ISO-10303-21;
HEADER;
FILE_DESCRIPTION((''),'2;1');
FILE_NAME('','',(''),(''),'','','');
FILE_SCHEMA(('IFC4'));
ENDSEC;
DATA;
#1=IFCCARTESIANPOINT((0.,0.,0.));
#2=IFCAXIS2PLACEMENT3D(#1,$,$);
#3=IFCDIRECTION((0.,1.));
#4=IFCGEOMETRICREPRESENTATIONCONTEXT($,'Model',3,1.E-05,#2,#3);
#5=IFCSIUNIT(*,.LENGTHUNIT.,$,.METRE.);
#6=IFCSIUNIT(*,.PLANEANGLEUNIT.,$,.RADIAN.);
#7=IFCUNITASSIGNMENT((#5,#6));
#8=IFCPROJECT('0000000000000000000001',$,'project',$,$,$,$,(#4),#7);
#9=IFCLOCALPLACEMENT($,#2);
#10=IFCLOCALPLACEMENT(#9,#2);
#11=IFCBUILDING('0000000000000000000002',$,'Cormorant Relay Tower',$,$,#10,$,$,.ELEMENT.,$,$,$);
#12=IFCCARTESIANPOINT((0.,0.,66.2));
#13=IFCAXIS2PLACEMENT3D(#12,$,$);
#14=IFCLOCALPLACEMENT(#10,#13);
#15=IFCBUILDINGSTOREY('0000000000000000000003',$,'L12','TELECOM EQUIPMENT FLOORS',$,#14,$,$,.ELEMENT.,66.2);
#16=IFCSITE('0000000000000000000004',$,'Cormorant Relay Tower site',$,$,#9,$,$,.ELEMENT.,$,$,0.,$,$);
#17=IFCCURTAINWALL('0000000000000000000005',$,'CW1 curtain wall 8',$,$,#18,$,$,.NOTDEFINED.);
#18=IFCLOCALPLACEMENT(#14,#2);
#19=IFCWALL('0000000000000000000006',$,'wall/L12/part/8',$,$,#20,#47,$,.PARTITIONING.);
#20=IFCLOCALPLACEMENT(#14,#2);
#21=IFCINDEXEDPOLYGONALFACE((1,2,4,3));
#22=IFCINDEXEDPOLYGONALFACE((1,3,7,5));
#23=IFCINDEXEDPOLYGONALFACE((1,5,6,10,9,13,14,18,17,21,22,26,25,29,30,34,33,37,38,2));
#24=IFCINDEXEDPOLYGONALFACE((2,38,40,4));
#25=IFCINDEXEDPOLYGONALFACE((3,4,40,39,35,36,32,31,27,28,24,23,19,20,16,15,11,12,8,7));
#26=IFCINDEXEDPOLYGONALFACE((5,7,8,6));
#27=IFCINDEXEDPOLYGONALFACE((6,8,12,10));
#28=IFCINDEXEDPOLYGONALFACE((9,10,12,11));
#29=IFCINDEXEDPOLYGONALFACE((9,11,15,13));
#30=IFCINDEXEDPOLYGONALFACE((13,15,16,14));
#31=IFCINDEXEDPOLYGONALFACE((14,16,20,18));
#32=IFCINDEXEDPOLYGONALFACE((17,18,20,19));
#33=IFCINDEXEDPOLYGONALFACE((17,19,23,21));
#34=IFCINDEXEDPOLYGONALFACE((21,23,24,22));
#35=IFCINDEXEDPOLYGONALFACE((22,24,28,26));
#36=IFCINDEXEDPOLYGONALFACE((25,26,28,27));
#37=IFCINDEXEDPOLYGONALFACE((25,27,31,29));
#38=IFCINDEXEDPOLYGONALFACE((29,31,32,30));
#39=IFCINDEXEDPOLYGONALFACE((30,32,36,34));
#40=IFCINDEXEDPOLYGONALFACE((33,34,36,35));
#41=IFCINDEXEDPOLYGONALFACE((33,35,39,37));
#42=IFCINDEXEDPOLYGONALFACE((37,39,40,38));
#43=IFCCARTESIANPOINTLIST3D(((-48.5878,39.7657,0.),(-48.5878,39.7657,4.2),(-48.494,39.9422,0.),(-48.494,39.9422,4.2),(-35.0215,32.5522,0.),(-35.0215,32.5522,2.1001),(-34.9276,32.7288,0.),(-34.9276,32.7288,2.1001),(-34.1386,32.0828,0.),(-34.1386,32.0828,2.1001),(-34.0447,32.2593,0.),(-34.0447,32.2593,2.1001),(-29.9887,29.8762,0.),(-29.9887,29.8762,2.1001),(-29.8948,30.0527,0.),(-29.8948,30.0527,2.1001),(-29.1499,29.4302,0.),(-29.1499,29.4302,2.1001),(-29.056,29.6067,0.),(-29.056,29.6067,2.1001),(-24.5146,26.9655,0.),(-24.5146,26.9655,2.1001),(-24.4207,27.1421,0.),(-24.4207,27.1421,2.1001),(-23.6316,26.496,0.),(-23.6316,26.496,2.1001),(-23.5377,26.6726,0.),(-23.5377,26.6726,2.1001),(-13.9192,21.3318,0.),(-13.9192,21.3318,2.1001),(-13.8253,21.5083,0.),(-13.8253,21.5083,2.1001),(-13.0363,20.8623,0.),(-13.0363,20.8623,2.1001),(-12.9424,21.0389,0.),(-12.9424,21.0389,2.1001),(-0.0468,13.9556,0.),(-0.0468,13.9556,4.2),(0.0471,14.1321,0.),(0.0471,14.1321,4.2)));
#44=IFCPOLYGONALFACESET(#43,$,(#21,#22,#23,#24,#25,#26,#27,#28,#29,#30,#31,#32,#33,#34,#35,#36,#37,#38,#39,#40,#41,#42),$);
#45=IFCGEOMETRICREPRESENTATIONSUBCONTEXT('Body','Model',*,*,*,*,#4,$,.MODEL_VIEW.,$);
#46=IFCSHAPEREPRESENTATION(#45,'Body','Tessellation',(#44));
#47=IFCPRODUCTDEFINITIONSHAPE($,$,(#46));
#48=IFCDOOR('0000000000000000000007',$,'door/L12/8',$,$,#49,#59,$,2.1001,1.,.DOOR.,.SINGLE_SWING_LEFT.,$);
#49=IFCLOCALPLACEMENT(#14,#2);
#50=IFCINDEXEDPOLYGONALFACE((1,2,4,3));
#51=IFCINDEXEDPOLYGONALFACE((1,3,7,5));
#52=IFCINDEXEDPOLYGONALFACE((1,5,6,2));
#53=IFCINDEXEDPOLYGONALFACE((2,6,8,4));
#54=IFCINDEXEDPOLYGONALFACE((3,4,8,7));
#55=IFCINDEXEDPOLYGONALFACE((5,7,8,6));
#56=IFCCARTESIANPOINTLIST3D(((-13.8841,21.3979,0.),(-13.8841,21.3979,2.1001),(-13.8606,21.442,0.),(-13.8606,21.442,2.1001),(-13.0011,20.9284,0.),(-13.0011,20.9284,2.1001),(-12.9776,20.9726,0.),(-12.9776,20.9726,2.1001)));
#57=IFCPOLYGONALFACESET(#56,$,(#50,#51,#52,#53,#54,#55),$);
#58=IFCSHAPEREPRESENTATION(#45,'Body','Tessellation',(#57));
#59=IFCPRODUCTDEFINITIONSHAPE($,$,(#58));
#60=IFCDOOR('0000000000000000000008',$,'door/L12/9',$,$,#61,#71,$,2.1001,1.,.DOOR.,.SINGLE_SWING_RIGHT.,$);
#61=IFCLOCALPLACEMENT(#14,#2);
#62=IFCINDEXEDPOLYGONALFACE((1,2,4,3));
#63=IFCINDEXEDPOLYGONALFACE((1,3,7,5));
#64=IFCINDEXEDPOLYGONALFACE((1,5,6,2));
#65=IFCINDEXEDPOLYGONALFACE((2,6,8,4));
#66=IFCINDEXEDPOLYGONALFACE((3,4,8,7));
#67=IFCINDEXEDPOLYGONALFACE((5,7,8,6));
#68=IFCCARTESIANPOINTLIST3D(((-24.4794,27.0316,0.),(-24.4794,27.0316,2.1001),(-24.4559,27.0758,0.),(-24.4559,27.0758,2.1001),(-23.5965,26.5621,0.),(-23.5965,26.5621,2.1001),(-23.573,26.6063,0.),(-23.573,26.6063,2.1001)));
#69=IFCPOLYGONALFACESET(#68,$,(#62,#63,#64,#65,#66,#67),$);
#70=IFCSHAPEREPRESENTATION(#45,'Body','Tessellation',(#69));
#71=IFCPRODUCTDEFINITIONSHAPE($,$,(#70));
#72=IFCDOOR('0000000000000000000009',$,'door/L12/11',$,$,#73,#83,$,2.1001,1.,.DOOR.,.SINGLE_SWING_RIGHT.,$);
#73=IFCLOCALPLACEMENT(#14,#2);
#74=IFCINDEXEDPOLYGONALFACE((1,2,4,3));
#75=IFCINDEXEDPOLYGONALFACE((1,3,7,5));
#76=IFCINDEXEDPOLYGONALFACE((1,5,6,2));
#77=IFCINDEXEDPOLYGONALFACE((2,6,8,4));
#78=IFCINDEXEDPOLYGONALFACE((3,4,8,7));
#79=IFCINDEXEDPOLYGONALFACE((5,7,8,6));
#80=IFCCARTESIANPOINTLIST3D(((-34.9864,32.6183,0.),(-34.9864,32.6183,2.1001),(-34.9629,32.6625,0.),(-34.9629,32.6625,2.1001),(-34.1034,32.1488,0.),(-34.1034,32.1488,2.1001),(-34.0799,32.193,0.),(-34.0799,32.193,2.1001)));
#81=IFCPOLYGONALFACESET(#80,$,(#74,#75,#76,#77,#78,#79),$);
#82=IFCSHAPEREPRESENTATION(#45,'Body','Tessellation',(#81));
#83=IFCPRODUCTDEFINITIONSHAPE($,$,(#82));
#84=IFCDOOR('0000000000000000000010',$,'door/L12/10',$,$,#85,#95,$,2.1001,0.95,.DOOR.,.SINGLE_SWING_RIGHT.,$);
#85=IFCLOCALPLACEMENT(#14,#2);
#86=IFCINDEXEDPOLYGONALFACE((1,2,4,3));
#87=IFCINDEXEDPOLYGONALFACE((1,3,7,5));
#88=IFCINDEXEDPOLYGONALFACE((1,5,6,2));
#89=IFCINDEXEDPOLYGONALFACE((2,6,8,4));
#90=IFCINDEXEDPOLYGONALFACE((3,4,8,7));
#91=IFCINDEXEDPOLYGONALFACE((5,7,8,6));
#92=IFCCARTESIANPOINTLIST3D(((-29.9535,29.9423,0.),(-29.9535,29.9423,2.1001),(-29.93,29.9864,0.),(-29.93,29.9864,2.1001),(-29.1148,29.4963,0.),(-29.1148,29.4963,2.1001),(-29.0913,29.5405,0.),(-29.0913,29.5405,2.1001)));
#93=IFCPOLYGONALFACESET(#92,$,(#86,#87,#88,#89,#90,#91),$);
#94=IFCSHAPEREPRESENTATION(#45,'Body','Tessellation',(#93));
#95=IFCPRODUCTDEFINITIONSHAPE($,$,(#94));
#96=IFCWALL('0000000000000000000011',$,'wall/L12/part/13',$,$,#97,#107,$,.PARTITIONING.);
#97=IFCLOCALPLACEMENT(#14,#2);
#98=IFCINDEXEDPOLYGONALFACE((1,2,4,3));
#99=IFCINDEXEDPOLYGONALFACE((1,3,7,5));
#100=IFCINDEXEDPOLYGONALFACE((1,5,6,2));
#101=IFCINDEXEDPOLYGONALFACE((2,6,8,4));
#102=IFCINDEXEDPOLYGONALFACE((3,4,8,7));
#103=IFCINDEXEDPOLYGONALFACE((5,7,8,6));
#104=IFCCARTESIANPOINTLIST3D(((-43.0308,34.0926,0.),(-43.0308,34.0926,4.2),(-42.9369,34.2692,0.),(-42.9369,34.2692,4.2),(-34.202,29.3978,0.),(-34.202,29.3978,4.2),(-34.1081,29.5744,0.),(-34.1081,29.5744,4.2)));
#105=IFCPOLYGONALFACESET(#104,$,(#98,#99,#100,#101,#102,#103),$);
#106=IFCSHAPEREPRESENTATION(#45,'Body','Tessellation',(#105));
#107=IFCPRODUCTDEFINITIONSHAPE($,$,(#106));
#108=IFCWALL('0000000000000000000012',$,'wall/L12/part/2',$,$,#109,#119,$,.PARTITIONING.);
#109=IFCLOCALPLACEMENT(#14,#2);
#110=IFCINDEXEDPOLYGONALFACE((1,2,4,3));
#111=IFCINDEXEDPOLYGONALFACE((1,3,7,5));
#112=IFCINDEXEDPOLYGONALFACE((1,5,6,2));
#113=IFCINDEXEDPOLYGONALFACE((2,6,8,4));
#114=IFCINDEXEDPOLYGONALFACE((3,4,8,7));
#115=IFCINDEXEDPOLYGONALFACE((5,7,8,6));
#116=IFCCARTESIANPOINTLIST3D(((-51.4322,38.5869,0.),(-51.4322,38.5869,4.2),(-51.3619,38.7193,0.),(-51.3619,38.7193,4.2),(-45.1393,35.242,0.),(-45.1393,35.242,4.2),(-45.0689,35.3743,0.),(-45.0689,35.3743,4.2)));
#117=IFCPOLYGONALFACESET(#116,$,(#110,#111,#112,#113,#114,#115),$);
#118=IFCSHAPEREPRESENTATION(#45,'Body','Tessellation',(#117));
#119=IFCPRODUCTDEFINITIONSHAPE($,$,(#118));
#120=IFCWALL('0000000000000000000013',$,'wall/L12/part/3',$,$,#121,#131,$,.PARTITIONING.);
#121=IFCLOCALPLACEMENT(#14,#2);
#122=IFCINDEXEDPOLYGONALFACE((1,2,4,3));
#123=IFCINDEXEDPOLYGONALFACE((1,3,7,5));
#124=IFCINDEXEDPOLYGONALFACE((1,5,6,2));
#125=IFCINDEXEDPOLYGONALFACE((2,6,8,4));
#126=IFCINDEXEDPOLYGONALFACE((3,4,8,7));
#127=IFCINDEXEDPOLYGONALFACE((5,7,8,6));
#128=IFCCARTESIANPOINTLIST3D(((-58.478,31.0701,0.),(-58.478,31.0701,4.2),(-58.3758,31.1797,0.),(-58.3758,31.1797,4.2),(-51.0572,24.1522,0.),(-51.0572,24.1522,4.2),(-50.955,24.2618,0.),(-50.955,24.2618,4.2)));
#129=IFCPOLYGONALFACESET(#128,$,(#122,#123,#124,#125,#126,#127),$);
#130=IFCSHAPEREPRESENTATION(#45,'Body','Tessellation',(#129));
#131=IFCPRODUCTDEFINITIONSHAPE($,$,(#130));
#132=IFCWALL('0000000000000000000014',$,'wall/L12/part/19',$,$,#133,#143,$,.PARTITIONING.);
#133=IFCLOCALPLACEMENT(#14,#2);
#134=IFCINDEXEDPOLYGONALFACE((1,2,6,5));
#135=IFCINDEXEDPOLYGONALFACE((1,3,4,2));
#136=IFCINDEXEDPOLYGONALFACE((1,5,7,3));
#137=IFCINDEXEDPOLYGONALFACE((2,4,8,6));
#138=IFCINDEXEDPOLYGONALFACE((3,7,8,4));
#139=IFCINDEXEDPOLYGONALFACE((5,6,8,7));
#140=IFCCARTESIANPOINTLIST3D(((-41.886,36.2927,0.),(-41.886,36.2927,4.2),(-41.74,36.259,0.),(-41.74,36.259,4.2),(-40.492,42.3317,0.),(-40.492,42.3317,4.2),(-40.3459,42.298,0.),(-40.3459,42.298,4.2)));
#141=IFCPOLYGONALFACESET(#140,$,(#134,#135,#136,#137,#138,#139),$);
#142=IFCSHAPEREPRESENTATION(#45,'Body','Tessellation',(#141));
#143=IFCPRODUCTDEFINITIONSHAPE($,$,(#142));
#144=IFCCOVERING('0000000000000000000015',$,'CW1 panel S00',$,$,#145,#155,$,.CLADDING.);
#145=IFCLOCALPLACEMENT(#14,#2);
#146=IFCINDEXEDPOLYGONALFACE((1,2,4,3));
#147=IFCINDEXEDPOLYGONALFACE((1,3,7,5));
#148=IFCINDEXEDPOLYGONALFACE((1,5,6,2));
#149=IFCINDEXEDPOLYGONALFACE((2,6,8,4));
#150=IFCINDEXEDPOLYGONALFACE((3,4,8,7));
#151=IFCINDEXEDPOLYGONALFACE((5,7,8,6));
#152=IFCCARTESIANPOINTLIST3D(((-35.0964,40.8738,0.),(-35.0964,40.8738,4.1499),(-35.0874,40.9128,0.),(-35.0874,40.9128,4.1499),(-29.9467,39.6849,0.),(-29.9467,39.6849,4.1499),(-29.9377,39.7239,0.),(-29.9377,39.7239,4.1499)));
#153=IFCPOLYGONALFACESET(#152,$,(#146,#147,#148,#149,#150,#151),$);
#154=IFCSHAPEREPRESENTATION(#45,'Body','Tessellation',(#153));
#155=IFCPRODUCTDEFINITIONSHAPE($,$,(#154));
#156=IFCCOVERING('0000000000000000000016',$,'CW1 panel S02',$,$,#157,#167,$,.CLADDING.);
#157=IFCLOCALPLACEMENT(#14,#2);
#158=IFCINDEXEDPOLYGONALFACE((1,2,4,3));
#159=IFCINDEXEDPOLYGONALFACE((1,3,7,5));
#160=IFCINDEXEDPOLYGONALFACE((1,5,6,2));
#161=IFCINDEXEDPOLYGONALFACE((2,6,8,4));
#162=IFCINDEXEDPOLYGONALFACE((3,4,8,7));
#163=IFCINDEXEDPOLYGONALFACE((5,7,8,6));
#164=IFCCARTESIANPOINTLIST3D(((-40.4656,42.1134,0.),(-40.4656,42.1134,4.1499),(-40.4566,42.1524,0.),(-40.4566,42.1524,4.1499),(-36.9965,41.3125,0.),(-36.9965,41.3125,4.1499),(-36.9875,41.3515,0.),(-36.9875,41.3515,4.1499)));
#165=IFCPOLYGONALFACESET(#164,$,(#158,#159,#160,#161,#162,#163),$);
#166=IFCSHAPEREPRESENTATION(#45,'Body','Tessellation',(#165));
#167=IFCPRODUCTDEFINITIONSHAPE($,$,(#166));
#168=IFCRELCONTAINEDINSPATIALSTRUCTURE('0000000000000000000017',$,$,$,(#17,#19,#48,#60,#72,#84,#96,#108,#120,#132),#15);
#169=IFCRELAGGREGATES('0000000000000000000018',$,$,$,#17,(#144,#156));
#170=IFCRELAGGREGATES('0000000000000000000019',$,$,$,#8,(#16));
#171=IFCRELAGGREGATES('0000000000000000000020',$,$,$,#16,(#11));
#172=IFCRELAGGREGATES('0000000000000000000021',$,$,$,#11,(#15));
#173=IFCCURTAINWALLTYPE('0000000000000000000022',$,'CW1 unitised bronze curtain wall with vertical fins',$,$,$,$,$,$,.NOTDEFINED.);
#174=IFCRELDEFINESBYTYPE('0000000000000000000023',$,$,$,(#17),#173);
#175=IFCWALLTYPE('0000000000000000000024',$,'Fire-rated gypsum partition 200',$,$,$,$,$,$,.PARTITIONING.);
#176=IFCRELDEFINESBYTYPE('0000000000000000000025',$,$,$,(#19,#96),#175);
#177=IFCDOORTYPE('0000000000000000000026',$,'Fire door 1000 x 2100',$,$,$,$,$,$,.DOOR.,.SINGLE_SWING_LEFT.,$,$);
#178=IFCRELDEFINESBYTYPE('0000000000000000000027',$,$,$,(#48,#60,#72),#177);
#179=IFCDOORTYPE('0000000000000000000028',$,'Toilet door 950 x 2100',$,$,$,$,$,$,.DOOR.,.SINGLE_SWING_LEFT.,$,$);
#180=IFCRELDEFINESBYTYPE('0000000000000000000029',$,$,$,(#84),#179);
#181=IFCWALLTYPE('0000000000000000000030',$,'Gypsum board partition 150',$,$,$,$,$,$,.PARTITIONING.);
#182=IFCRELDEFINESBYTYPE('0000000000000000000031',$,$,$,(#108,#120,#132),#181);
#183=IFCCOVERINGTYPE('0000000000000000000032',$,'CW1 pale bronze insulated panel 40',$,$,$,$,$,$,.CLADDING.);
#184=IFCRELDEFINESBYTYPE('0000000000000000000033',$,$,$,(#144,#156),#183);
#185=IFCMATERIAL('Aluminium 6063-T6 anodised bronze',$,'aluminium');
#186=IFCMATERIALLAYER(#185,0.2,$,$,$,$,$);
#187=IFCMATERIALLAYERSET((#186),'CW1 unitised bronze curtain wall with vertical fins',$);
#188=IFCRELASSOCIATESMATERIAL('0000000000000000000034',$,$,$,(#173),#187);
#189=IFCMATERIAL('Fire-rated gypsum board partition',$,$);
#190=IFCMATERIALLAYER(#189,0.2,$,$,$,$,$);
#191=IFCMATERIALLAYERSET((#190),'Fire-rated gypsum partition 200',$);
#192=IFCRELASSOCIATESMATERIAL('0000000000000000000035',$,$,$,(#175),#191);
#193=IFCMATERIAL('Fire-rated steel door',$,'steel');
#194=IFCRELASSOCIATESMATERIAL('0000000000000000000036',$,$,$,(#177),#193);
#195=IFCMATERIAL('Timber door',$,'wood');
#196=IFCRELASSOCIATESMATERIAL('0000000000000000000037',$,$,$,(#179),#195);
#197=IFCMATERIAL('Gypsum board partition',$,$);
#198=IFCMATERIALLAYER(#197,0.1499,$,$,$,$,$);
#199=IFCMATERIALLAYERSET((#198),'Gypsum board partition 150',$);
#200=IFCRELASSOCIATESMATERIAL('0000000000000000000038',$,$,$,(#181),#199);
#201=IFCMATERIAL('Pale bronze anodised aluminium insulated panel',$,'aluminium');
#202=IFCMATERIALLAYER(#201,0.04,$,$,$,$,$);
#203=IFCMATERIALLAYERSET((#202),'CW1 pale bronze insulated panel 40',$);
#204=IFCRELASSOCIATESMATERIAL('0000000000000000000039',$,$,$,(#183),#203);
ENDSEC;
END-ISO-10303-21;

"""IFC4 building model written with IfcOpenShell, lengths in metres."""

from ifc_helpers import new_model, si_unit, direction, frame, frame_2d, origin, origin_2d, place, context, subcontext, project, spatial, rectangle, extrude, material, layer, layer_set, type_object, element, fill, aggregate, save


model = new_model("IFC4")

# Units and contexts
model_context = context("Model", 3, precision=1e-05, world=origin(), true_north=direction((0.0, 1.0)))
body_context = subcontext(model_context, "Body", "Model", "MODEL_VIEW")
ifc_project = project(units=[si_unit("LENGTHUNIT", "METRE"), si_unit("PLANEANGLEUNIT", "RADIAN")], contexts=[model_context])

# Site, building, storey
site_placement = place(None, origin())
site = spatial("IfcSite", under=ifc_project, at=site_placement, Name="Cormorant Relay Tower site", CompositionType="ELEMENT", RefElevation=0.0)
building_placement = place(site_placement, origin())
building = spatial("IfcBuilding", under=site, at=building_placement, Name="Cormorant Relay Tower", CompositionType="ELEMENT")
storey_placement = place(building_placement, frame((0.0, 0.0, 66.2)))
storey = spatial("IfcBuildingStorey", under=building, at=storey_placement, Name="L12", Description="TELECOM EQUIPMENT FLOORS", CompositionType="ELEMENT", Elevation=66.2)

# Curtain wall
ifc_material_1 = material(Name="Aluminium 6063-T6 anodised bronze", Category="aluminium")
ifc_layer_1 = layer(ifc_material_1, 0.2)
ifc_layer_set_1 = layer_set([ifc_layer_1], Name="CW1 unitised bronze curtain wall with vertical fins")
curtain_wall_type = type_object("IfcCurtainWallType", Name="CW1 unitised bronze curtain wall with vertical fins", PredefinedType="NOTDEFINED", material=ifc_layer_set_1)
curtain_wall_1_placement = place(storey_placement, origin())
curtain_wall_1 = element("IfcCurtainWall", 1, at=curtain_wall_1_placement, inside=storey, type_object=curtain_wall_type, Name="CW1 curtain wall 8", PredefinedType="NOTDEFINED")

# Wall, openings, doors
ifc_material_2 = material(Name="Fire-rated gypsum board partition")
ifc_layer_2 = layer(ifc_material_2, 0.2)
ifc_layer_set_2 = layer_set([ifc_layer_2], Name="Fire-rated gypsum partition 200")
wall_type_1 = type_object("IfcWallType", Name="Fire-rated gypsum partition 200", PredefinedType="PARTITIONING", material=ifc_layer_set_2)
wall_1_placement = place(storey_placement, frame((-48.541, 39.854, 0.0), z_axis=(0.0, 0.0, 1.0), x_axis=(0.882945, -0.469476, 0.0)))
wall_1 = element("IfcWall", 2, at=wall_1_placement, inside=storey, type_object=wall_type_1, Name="wall/L12/part/8", PredefinedType="PARTITIONING", context=body_context, shape_type="SweptSolid", body=[
    extrude(rectangle(XDim=54.9763, YDim=0.2, at=frame_2d((27.4883, 0.0))), origin(), (0.0, 0.0, 1.0), 4.2),
])
opening_1_placement = place(wall_1_placement, frame((39.2649, 0.0, 0.0)))
opening_1 = element("IfcOpeningElement", 3, at=opening_1_placement, cuts=wall_1, PredefinedType="OPENING", context=body_context, shape_type="SweptSolid", body=[
    extrude(rectangle(XDim=1.0, YDim=2.1001, at=frame_2d((0.5, 1.05))), frame((0.0, 0.1099, 0.0), z_axis=(0.0, -1.0, 0.0), x_axis=(1.0, 0.0, 0.0)), (0.0, 0.0, 1.0), 0.22),
])
opening_2_placement = place(wall_1_placement, frame((27.2649, 0.0, 0.0)))
opening_2 = element("IfcOpeningElement", 4, at=opening_2_placement, cuts=wall_1, PredefinedType="OPENING", context=body_context, shape_type="SweptSolid", body=[
    extrude(rectangle(XDim=1.0, YDim=2.1001, at=frame_2d((0.5, 1.05))), frame((0.0, 0.1099, 0.0), z_axis=(0.0, -1.0, 0.0), x_axis=(1.0, 0.0, 0.0)), (0.0, 0.0, 1.0), 0.22),
])
opening_3_placement = place(wall_1_placement, frame((21.0649, 0.0, 0.0)))
opening_3 = element("IfcOpeningElement", 5, at=opening_3_placement, cuts=wall_1, PredefinedType="OPENING", context=body_context, shape_type="SweptSolid", body=[
    extrude(rectangle(XDim=0.95, YDim=2.1001, at=frame_2d((0.4751, 1.05))), frame((0.0, 0.1099, 0.0), z_axis=(0.0, -1.0, 0.0), x_axis=(1.0, 0.0, 0.0)), (0.0, 0.0, 1.0), 0.22),
])
opening_4_placement = place(wall_1_placement, frame((15.365, 0.0, 0.0)))
opening_4 = element("IfcOpeningElement", 6, at=opening_4_placement, cuts=wall_1, PredefinedType="OPENING", context=body_context, shape_type="SweptSolid", body=[
    extrude(rectangle(XDim=1.0, YDim=2.1001, at=frame_2d((0.5, 1.05))), frame((0.0, 0.1099, 0.0), z_axis=(0.0, -1.0, 0.0), x_axis=(1.0, 0.0, 0.0)), (0.0, 0.0, 1.0), 0.22),
])
ifc_material_3 = material(Name="Fire-rated steel door", Category="steel")
door_type_1 = type_object("IfcDoorType", Name="Fire door 1000 x 2100", OperationType="SINGLE_SWING_LEFT", PredefinedType="DOOR", material=ifc_material_3)
door_1_placement = place(opening_1_placement, origin())
door_1 = element("IfcDoor", 7, at=door_1_placement, inside=storey, type_object=door_type_1, Name="door/L12/8", OperationType="SINGLE_SWING_LEFT", OverallHeight=2.1001, OverallWidth=1.0, PredefinedType="DOOR", context=body_context, shape_type="SweptSolid", body=[
    extrude(rectangle(XDim=1.0, YDim=2.1001, at=frame_2d((0.5, 1.05))), frame((0.0, 0.0249, 0.0), z_axis=(0.0, -1.0, 0.0), x_axis=(1.0, 0.0, 0.0)), (0.0, 0.0, 1.0), 0.05),
])
fill(opening_1, door_1)
door_2_placement = place(opening_2_placement, origin())
door_2 = element("IfcDoor", 8, at=door_2_placement, inside=storey, type_object=door_type_1, Name="door/L12/9", OperationType="SINGLE_SWING_RIGHT", OverallHeight=2.1001, OverallWidth=1.0, PredefinedType="DOOR", context=body_context, shape_type="SweptSolid", body=[
    extrude(rectangle(XDim=1.0, YDim=2.1001, at=frame_2d((0.5, 1.05))), frame((0.0, 0.0249, 0.0), z_axis=(0.0, -1.0, 0.0), x_axis=(1.0, 0.0, 0.0)), (0.0, 0.0, 1.0), 0.05),
])
fill(opening_2, door_2)
door_3_placement = place(opening_4_placement, origin())
door_3 = element("IfcDoor", 9, at=door_3_placement, inside=storey, type_object=door_type_1, Name="door/L12/11", OperationType="SINGLE_SWING_RIGHT", OverallHeight=2.1001, OverallWidth=1.0, PredefinedType="DOOR", context=body_context, shape_type="SweptSolid", body=[
    extrude(rectangle(XDim=1.0, YDim=2.1001, at=frame_2d((0.5, 1.05))), frame((0.0, 0.0249, 0.0), z_axis=(0.0, -1.0, 0.0), x_axis=(1.0, 0.0, 0.0)), (0.0, 0.0, 1.0), 0.05),
])
fill(opening_4, door_3)
ifc_material_4 = material(Name="Timber door", Category="wood")
door_type_2 = type_object("IfcDoorType", Name="Toilet door 950 x 2100", OperationType="SINGLE_SWING_LEFT", PredefinedType="DOOR", material=ifc_material_4)
door_4_placement = place(opening_3_placement, origin())
door_4 = element("IfcDoor", 10, at=door_4_placement, inside=storey, type_object=door_type_2, Name="door/L12/10", OperationType="SINGLE_SWING_RIGHT", OverallHeight=2.1001, OverallWidth=0.95, PredefinedType="DOOR", context=body_context, shape_type="SweptSolid", body=[
    extrude(rectangle(XDim=0.95, YDim=2.1001, at=frame_2d((0.4751, 1.05))), frame((0.0, 0.0249, 0.0), z_axis=(0.0, -1.0, 0.0), x_axis=(1.0, 0.0, 0.0)), (0.0, 0.0, 1.0), 0.05),
])
fill(opening_3, door_4)

# Walls
wall_2_placement = place(storey_placement, frame((-42.9839, 34.1809, 0.0), z_axis=(0.0, 0.0, 1.0), x_axis=(0.882929, -0.469506, 0.0)))
element("IfcWall", 11, at=wall_2_placement, inside=storey, type_object=wall_type_1, Name="wall/L12/part/13", PredefinedType="PARTITIONING", context=body_context, shape_type="SweptSolid", body=[
    extrude(rectangle(XDim=9.9995, YDim=0.2, at=frame_2d((4.9998, 0.0))), origin(), (0.0, 0.0, 1.0), 4.2),
])
ifc_material_5 = material(Name="Gypsum board partition")
ifc_layer_3 = layer(ifc_material_5, 0.1499)
ifc_layer_set_3 = layer_set([ifc_layer_3], Name="Gypsum board partition 150")
wall_type_2 = type_object("IfcWallType", Name="Gypsum board partition 150", PredefinedType="PARTITIONING", material=ifc_layer_set_3)
wall_3_placement = place(storey_placement, frame((-45.104, 35.3081, 0.0), z_axis=(0.0, 0.0, 1.0), x_axis=(-0.883009, 0.469356, 0.0)))
element("IfcWall", 12, at=wall_3_placement, inside=storey, type_object=wall_type_2, Name="wall/L12/part/2", PredefinedType="PARTITIONING", context=body_context, shape_type="SweptSolid", body=[
    extrude(rectangle(XDim=7.1267, YDim=0.1499, at=frame_2d((3.5635, 0.0))), origin(), (0.0, 0.0, 1.0), 4.2),
])
wall_4_placement = place(storey_placement, frame((-58.427, 31.125, 0.0), z_axis=(0.0, 0.0, 1.0), x_axis=(0.731458, -0.681886, 0.0)))
element("IfcWall", 13, at=wall_4_placement, inside=storey, type_object=wall_type_2, Name="wall/L12/part/3", PredefinedType="PARTITIONING", context=body_context, shape_type="SweptSolid", body=[
    extrude(rectangle(XDim=10.1453, YDim=0.1499, at=frame_2d((5.0728, 0.0))), origin(), (0.0, 0.0, 1.0), 4.2),
])
wall_5_placement = place(storey_placement, frame((-41.813, 36.2759, 0.0), z_axis=(0.0, 0.0, 1.0), x_axis=(0.224923, 0.974377, 0.0)))
element("IfcWall", 14, at=wall_5_placement, inside=storey, type_object=wall_type_2, Name="wall/L12/part/19", PredefinedType="PARTITIONING", context=body_context, shape_type="SweptSolid", body=[
    extrude(rectangle(XDim=6.1978, YDim=0.1499, at=frame_2d((3.0989, 0.0))), origin(), (0.0, 0.0, 1.0), 4.2),
])

# Coverings
ifc_material_6 = material(Name="Pale bronze anodised aluminium insulated panel", Category="aluminium")
ifc_layer_4 = layer(ifc_material_6, 0.04)
ifc_layer_set_4 = layer_set([ifc_layer_4], Name="CW1 pale bronze insulated panel 40")
covering_type = type_object("IfcCoveringType", Name="CW1 pale bronze insulated panel 40", PredefinedType="CLADDING", material=ifc_layer_set_4)
covering_1_placement = place(storey_placement, frame((-32.5171, 40.2988, 0.0), z_axis=(0.0, 0.0, 1.0), x_axis=(-0.97437, 0.224951, 0.0)))
covering_1 = element("IfcCovering", 15, at=covering_1_placement, type_object=covering_type, Name="CW1 panel S00", PredefinedType="CLADDING", context=body_context, shape_type="SweptSolid", body=[
    extrude(rectangle(XDim=5.2852, YDim=0.04, at=origin_2d()), origin(), (0.0, 0.0, 1.0), 4.1499),
])
covering_2_placement = place(storey_placement, frame((-38.7266, 41.7324, 0.0), z_axis=(0.0, 0.0, 1.0), x_axis=(-0.97437, 0.224951, 0.0)))
covering_2 = element("IfcCovering", 16, at=covering_2_placement, type_object=covering_type, Name="CW1 panel S02", PredefinedType="CLADDING", context=body_context, shape_type="SweptSolid", body=[
    extrude(rectangle(XDim=3.5603, YDim=0.04, at=origin_2d()), origin(), (0.0, 0.0, 1.0), 4.1499),
])
aggregate(curtain_wall_1, [covering_1, covering_2])

save(model, "model.ifc")
